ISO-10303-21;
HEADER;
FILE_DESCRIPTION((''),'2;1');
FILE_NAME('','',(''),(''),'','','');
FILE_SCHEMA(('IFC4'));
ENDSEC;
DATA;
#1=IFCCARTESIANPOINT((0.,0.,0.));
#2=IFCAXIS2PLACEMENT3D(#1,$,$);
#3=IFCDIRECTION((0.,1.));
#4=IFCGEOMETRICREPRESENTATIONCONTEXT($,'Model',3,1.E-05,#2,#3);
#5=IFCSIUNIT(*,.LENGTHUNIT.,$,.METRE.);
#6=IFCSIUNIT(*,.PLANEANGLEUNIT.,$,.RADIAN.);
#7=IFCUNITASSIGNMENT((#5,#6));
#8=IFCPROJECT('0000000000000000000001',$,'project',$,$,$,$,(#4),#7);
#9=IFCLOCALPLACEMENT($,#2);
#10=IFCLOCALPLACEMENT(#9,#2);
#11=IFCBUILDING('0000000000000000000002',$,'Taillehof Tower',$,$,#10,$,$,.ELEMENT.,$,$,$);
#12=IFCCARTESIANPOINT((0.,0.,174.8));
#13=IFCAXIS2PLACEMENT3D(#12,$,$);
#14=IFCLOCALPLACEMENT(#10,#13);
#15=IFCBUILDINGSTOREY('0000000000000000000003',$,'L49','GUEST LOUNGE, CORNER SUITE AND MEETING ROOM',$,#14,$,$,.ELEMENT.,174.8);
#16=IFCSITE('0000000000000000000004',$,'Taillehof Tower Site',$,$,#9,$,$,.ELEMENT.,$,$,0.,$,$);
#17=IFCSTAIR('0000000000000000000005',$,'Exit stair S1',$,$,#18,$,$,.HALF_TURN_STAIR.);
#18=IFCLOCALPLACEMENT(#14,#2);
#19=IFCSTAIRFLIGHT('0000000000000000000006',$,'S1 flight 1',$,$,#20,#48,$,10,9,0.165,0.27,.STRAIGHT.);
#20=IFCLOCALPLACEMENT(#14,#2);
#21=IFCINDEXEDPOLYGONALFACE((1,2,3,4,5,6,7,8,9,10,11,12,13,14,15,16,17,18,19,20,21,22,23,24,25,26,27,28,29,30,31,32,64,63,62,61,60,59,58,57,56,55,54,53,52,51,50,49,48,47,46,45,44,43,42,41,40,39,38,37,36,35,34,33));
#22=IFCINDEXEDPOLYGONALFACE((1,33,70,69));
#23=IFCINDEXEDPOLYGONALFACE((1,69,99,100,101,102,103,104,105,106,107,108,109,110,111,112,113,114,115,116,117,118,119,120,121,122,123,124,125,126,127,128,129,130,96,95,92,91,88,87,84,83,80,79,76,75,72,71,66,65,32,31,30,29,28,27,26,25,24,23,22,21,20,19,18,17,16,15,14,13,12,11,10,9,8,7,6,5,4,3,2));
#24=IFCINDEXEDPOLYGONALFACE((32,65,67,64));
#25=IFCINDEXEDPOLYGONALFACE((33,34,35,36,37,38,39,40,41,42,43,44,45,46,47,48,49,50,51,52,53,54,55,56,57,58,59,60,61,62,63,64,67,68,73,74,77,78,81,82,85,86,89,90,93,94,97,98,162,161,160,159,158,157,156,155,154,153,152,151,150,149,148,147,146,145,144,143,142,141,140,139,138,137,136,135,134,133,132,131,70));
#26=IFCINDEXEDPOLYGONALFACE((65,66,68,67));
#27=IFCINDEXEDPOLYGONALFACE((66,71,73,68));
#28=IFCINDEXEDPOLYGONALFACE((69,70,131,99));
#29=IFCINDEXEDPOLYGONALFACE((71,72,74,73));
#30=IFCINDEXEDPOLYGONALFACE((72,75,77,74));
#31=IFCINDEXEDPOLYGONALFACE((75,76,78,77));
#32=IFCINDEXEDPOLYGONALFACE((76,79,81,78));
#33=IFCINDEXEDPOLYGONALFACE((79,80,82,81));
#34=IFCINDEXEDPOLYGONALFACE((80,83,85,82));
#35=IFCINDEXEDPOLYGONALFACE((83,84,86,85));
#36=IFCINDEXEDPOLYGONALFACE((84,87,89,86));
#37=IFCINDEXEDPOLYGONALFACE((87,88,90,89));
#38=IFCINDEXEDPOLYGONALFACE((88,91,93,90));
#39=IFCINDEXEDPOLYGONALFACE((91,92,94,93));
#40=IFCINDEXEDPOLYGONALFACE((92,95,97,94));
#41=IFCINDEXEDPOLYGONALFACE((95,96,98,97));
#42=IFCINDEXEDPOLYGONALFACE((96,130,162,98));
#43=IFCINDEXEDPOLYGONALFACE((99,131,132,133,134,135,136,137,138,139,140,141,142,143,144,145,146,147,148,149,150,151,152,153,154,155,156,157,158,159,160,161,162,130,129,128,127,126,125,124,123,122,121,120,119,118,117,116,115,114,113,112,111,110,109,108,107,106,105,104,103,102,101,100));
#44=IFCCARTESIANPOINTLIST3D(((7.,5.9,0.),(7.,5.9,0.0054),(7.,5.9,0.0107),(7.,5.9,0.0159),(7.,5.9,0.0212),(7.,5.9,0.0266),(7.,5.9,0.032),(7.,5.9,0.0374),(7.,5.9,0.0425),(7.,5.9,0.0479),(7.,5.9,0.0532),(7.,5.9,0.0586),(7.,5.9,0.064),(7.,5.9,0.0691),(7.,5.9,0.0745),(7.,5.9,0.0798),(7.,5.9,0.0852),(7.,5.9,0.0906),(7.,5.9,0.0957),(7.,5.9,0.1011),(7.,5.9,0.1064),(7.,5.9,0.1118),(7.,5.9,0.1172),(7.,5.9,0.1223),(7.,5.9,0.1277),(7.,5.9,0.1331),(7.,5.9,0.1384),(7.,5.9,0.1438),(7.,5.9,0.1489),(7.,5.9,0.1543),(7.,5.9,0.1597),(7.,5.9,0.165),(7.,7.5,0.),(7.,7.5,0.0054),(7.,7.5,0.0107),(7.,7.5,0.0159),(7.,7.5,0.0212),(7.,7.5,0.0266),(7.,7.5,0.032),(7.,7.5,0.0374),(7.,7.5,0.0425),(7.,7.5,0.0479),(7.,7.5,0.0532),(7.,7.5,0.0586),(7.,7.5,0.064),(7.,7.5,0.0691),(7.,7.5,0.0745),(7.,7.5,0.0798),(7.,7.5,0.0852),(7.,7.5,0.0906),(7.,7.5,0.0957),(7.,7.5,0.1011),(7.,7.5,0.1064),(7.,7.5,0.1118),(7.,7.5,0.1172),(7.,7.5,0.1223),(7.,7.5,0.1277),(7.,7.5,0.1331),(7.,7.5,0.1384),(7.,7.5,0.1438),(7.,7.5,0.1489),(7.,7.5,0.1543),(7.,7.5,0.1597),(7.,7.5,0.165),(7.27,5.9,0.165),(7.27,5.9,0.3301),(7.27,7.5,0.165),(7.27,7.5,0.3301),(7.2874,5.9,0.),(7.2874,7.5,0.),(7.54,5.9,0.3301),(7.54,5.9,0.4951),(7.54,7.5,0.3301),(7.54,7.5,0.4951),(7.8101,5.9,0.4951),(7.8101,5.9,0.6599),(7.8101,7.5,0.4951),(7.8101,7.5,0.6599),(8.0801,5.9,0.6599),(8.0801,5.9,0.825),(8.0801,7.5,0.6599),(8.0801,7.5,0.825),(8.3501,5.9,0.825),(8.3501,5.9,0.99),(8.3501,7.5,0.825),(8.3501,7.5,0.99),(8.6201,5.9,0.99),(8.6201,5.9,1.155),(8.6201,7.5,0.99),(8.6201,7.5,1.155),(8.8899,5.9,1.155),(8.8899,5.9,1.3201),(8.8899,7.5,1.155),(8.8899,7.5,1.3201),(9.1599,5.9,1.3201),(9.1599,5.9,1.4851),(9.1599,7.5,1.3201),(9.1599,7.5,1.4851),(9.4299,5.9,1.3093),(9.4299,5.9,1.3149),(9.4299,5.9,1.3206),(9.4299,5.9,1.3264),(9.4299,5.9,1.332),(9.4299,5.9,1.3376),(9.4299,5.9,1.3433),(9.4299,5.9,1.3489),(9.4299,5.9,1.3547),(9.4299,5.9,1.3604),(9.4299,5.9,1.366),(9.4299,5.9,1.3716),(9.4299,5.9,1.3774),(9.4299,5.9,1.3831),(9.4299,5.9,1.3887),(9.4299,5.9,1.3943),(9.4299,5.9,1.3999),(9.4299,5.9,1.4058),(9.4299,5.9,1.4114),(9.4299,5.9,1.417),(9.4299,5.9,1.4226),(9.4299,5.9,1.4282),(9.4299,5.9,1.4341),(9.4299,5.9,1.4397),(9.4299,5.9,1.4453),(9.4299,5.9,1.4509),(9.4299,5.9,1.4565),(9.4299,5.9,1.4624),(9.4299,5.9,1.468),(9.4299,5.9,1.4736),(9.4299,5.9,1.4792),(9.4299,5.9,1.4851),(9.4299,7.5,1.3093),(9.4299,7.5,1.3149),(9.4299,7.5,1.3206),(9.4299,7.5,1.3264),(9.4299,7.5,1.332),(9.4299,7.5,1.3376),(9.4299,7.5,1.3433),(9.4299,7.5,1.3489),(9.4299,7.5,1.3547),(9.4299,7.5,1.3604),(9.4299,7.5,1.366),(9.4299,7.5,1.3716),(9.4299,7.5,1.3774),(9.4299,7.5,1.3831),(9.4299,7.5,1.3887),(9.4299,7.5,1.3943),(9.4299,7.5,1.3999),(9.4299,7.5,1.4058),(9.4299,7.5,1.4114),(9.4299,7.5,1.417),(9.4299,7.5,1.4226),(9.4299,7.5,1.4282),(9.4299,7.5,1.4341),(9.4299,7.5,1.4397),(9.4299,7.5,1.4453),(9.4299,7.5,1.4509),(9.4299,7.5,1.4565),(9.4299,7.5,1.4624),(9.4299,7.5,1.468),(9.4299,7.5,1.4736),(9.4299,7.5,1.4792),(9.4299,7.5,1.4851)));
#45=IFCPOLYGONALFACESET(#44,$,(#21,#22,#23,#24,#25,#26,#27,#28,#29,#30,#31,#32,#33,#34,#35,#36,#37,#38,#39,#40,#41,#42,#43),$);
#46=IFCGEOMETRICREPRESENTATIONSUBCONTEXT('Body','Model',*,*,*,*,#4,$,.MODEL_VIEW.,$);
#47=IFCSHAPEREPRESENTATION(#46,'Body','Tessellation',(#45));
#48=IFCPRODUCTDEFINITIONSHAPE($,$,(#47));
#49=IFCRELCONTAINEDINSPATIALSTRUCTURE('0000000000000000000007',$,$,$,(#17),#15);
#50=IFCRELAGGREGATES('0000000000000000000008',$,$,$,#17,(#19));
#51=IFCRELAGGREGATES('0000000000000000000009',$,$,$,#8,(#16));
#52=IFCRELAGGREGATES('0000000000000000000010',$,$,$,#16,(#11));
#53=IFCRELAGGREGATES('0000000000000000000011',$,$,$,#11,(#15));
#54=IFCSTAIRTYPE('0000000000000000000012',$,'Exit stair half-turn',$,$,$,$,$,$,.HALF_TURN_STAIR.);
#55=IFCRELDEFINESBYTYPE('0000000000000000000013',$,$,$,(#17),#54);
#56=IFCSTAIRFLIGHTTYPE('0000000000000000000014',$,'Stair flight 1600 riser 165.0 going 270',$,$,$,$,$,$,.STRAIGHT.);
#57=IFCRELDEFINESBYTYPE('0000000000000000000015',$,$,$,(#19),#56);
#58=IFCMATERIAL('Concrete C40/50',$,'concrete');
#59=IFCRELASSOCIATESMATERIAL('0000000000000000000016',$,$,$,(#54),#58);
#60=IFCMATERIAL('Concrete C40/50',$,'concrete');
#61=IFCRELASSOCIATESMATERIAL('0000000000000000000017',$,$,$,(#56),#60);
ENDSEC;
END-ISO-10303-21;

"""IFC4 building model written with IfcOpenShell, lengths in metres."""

from ifc_helpers import new_model, si_unit, direction, frame, origin, place, context, subcontext, project, spatial, polyline, outline, extrude, material, type_object, element, aggregate, save


model = new_model("IFC4")

# Units and contexts
model_context = context("Model", 3, precision=1e-05, world=origin(), true_north=direction((0.0, 1.0)))
body_context = subcontext(model_context, "Body", "Model", "MODEL_VIEW")
ifc_project = project(units=[si_unit("LENGTHUNIT", "METRE"), si_unit("PLANEANGLEUNIT", "RADIAN")], contexts=[model_context])

# Site, building, storey
site_placement = place(None, origin())
site = spatial("IfcSite", under=ifc_project, at=site_placement, Name="Taillehof Tower Site", CompositionType="ELEMENT", RefElevation=0.0)
building_placement = place(site_placement, origin())
building = spatial("IfcBuilding", under=site, at=building_placement, Name="Taillehof Tower", CompositionType="ELEMENT")
storey_placement = place(building_placement, frame((0.0, 0.0, 174.8)))
storey = spatial("IfcBuildingStorey", under=building, at=storey_placement, Name="L49", Description="GUEST LOUNGE, CORNER SUITE AND MEETING ROOM", CompositionType="ELEMENT", Elevation=174.8)

# Shared definitions
ifc_material_1 = material(Name="Concrete C40/50", Category="concrete")
stair_type = type_object("IfcStairType", Name="Exit stair half-turn", PredefinedType="HALF_TURN_STAIR", material=ifc_material_1)

# Stair, stair flight
stair_1_placement = place(storey_placement, origin())
stair_1 = element("IfcStair", 1, at=stair_1_placement, inside=storey, type_object=stair_type, Name="Exit stair S1", PredefinedType="HALF_TURN_STAIR")
ifc_material_2 = material(Name="Concrete C40/50", Category="concrete")
stair_flight_type = type_object("IfcStairFlightType", Name="Stair flight 1600 riser 165.0 going 270", PredefinedType="STRAIGHT", material=ifc_material_2)
stair_flight_placement = place(storey_placement, frame((7.0, 6.7, 0.0), z_axis=(0.0, 0.0, 1.0), x_axis=(1.0, 0.0, 0.0)))
stair_flight = element("IfcStairFlight", 2, at=stair_flight_placement, type_object=stair_flight_type, Name="S1 flight 1", NumberOfRisers=10, NumberOfTreads=9, PredefinedType="STRAIGHT", RiserHeight=0.165, TreadLength=0.27, context=body_context, shape_type="SweptSolid", body=[
    extrude(outline(polyline([(0.0, 0.0), (0.0, 0.0054), (0.0, 0.0107), (0.0, 0.0159), (0.0, 0.0212), (0.0, 0.0266), (0.0, 0.032), (0.0, 0.0374), (0.0, 0.0425), (0.0, 0.0479), (0.0, 0.0532), (0.0, 0.0586), (0.0, 0.064), (0.0, 0.0691), (0.0, 0.0745), (0.0, 0.0798), (0.0, 0.0852), (0.0, 0.0906), (0.0, 0.0957), (0.0, 0.1011), (0.0, 0.1064), (0.0, 0.1118), (0.0, 0.1172), (0.0, 0.1223), (0.0, 0.1277), (0.0, 0.1331), (0.0, 0.1384), (0.0, 0.1438), (0.0, 0.1489), (0.0, 0.1543), (0.0, 0.1597), (0.0, 0.165), (0.27, 0.165), (0.27, 0.3301), (0.54, 0.3301), (0.54, 0.4951), (0.8101, 0.4951), (0.8101, 0.6599), (1.0801, 0.6599), (1.0801, 0.825), (1.3501, 0.825), (1.3501, 0.99), (1.6201, 0.99), (1.6201, 1.155), (1.8899, 1.155), (1.8899, 1.3201), (2.1599, 1.3201), (2.1599, 1.4851), (2.4299, 1.4851), (2.4299, 1.4792), (2.4299, 1.4736), (2.4299, 1.468), (2.4299, 1.4624), (2.4299, 1.4565), (2.4299, 1.4509), (2.4299, 1.4453), (2.4299, 1.4397), (2.4299, 1.4341), (2.4299, 1.4282), (2.4299, 1.4226), (2.4299, 1.417), (2.4299, 1.4114), (2.4299, 1.4058), (2.4299, 1.3999), (2.4299, 1.3943), (2.4299, 1.3887), (2.4299, 1.3831), (2.4299, 1.3774), (2.4299, 1.3716), (2.4299, 1.366), (2.4299, 1.3604), (2.4299, 1.3547), (2.4299, 1.3489), (2.4299, 1.3433), (2.4299, 1.3376), (2.4299, 1.332), (2.4299, 1.3264), (2.4299, 1.3206), (2.4299, 1.3149), (2.4299, 1.3093), (0.2874, 0.0), (0.0, 0.0)])), frame((0.0, 0.8, 0.0), z_axis=(0.0, -1.0, 0.0), x_axis=(1.0, 0.0, 0.0)), (0.0, 0.0, 1.0), 1.6),
])
aggregate(stair_1, [stair_flight])

save(model, "model.ifc")
